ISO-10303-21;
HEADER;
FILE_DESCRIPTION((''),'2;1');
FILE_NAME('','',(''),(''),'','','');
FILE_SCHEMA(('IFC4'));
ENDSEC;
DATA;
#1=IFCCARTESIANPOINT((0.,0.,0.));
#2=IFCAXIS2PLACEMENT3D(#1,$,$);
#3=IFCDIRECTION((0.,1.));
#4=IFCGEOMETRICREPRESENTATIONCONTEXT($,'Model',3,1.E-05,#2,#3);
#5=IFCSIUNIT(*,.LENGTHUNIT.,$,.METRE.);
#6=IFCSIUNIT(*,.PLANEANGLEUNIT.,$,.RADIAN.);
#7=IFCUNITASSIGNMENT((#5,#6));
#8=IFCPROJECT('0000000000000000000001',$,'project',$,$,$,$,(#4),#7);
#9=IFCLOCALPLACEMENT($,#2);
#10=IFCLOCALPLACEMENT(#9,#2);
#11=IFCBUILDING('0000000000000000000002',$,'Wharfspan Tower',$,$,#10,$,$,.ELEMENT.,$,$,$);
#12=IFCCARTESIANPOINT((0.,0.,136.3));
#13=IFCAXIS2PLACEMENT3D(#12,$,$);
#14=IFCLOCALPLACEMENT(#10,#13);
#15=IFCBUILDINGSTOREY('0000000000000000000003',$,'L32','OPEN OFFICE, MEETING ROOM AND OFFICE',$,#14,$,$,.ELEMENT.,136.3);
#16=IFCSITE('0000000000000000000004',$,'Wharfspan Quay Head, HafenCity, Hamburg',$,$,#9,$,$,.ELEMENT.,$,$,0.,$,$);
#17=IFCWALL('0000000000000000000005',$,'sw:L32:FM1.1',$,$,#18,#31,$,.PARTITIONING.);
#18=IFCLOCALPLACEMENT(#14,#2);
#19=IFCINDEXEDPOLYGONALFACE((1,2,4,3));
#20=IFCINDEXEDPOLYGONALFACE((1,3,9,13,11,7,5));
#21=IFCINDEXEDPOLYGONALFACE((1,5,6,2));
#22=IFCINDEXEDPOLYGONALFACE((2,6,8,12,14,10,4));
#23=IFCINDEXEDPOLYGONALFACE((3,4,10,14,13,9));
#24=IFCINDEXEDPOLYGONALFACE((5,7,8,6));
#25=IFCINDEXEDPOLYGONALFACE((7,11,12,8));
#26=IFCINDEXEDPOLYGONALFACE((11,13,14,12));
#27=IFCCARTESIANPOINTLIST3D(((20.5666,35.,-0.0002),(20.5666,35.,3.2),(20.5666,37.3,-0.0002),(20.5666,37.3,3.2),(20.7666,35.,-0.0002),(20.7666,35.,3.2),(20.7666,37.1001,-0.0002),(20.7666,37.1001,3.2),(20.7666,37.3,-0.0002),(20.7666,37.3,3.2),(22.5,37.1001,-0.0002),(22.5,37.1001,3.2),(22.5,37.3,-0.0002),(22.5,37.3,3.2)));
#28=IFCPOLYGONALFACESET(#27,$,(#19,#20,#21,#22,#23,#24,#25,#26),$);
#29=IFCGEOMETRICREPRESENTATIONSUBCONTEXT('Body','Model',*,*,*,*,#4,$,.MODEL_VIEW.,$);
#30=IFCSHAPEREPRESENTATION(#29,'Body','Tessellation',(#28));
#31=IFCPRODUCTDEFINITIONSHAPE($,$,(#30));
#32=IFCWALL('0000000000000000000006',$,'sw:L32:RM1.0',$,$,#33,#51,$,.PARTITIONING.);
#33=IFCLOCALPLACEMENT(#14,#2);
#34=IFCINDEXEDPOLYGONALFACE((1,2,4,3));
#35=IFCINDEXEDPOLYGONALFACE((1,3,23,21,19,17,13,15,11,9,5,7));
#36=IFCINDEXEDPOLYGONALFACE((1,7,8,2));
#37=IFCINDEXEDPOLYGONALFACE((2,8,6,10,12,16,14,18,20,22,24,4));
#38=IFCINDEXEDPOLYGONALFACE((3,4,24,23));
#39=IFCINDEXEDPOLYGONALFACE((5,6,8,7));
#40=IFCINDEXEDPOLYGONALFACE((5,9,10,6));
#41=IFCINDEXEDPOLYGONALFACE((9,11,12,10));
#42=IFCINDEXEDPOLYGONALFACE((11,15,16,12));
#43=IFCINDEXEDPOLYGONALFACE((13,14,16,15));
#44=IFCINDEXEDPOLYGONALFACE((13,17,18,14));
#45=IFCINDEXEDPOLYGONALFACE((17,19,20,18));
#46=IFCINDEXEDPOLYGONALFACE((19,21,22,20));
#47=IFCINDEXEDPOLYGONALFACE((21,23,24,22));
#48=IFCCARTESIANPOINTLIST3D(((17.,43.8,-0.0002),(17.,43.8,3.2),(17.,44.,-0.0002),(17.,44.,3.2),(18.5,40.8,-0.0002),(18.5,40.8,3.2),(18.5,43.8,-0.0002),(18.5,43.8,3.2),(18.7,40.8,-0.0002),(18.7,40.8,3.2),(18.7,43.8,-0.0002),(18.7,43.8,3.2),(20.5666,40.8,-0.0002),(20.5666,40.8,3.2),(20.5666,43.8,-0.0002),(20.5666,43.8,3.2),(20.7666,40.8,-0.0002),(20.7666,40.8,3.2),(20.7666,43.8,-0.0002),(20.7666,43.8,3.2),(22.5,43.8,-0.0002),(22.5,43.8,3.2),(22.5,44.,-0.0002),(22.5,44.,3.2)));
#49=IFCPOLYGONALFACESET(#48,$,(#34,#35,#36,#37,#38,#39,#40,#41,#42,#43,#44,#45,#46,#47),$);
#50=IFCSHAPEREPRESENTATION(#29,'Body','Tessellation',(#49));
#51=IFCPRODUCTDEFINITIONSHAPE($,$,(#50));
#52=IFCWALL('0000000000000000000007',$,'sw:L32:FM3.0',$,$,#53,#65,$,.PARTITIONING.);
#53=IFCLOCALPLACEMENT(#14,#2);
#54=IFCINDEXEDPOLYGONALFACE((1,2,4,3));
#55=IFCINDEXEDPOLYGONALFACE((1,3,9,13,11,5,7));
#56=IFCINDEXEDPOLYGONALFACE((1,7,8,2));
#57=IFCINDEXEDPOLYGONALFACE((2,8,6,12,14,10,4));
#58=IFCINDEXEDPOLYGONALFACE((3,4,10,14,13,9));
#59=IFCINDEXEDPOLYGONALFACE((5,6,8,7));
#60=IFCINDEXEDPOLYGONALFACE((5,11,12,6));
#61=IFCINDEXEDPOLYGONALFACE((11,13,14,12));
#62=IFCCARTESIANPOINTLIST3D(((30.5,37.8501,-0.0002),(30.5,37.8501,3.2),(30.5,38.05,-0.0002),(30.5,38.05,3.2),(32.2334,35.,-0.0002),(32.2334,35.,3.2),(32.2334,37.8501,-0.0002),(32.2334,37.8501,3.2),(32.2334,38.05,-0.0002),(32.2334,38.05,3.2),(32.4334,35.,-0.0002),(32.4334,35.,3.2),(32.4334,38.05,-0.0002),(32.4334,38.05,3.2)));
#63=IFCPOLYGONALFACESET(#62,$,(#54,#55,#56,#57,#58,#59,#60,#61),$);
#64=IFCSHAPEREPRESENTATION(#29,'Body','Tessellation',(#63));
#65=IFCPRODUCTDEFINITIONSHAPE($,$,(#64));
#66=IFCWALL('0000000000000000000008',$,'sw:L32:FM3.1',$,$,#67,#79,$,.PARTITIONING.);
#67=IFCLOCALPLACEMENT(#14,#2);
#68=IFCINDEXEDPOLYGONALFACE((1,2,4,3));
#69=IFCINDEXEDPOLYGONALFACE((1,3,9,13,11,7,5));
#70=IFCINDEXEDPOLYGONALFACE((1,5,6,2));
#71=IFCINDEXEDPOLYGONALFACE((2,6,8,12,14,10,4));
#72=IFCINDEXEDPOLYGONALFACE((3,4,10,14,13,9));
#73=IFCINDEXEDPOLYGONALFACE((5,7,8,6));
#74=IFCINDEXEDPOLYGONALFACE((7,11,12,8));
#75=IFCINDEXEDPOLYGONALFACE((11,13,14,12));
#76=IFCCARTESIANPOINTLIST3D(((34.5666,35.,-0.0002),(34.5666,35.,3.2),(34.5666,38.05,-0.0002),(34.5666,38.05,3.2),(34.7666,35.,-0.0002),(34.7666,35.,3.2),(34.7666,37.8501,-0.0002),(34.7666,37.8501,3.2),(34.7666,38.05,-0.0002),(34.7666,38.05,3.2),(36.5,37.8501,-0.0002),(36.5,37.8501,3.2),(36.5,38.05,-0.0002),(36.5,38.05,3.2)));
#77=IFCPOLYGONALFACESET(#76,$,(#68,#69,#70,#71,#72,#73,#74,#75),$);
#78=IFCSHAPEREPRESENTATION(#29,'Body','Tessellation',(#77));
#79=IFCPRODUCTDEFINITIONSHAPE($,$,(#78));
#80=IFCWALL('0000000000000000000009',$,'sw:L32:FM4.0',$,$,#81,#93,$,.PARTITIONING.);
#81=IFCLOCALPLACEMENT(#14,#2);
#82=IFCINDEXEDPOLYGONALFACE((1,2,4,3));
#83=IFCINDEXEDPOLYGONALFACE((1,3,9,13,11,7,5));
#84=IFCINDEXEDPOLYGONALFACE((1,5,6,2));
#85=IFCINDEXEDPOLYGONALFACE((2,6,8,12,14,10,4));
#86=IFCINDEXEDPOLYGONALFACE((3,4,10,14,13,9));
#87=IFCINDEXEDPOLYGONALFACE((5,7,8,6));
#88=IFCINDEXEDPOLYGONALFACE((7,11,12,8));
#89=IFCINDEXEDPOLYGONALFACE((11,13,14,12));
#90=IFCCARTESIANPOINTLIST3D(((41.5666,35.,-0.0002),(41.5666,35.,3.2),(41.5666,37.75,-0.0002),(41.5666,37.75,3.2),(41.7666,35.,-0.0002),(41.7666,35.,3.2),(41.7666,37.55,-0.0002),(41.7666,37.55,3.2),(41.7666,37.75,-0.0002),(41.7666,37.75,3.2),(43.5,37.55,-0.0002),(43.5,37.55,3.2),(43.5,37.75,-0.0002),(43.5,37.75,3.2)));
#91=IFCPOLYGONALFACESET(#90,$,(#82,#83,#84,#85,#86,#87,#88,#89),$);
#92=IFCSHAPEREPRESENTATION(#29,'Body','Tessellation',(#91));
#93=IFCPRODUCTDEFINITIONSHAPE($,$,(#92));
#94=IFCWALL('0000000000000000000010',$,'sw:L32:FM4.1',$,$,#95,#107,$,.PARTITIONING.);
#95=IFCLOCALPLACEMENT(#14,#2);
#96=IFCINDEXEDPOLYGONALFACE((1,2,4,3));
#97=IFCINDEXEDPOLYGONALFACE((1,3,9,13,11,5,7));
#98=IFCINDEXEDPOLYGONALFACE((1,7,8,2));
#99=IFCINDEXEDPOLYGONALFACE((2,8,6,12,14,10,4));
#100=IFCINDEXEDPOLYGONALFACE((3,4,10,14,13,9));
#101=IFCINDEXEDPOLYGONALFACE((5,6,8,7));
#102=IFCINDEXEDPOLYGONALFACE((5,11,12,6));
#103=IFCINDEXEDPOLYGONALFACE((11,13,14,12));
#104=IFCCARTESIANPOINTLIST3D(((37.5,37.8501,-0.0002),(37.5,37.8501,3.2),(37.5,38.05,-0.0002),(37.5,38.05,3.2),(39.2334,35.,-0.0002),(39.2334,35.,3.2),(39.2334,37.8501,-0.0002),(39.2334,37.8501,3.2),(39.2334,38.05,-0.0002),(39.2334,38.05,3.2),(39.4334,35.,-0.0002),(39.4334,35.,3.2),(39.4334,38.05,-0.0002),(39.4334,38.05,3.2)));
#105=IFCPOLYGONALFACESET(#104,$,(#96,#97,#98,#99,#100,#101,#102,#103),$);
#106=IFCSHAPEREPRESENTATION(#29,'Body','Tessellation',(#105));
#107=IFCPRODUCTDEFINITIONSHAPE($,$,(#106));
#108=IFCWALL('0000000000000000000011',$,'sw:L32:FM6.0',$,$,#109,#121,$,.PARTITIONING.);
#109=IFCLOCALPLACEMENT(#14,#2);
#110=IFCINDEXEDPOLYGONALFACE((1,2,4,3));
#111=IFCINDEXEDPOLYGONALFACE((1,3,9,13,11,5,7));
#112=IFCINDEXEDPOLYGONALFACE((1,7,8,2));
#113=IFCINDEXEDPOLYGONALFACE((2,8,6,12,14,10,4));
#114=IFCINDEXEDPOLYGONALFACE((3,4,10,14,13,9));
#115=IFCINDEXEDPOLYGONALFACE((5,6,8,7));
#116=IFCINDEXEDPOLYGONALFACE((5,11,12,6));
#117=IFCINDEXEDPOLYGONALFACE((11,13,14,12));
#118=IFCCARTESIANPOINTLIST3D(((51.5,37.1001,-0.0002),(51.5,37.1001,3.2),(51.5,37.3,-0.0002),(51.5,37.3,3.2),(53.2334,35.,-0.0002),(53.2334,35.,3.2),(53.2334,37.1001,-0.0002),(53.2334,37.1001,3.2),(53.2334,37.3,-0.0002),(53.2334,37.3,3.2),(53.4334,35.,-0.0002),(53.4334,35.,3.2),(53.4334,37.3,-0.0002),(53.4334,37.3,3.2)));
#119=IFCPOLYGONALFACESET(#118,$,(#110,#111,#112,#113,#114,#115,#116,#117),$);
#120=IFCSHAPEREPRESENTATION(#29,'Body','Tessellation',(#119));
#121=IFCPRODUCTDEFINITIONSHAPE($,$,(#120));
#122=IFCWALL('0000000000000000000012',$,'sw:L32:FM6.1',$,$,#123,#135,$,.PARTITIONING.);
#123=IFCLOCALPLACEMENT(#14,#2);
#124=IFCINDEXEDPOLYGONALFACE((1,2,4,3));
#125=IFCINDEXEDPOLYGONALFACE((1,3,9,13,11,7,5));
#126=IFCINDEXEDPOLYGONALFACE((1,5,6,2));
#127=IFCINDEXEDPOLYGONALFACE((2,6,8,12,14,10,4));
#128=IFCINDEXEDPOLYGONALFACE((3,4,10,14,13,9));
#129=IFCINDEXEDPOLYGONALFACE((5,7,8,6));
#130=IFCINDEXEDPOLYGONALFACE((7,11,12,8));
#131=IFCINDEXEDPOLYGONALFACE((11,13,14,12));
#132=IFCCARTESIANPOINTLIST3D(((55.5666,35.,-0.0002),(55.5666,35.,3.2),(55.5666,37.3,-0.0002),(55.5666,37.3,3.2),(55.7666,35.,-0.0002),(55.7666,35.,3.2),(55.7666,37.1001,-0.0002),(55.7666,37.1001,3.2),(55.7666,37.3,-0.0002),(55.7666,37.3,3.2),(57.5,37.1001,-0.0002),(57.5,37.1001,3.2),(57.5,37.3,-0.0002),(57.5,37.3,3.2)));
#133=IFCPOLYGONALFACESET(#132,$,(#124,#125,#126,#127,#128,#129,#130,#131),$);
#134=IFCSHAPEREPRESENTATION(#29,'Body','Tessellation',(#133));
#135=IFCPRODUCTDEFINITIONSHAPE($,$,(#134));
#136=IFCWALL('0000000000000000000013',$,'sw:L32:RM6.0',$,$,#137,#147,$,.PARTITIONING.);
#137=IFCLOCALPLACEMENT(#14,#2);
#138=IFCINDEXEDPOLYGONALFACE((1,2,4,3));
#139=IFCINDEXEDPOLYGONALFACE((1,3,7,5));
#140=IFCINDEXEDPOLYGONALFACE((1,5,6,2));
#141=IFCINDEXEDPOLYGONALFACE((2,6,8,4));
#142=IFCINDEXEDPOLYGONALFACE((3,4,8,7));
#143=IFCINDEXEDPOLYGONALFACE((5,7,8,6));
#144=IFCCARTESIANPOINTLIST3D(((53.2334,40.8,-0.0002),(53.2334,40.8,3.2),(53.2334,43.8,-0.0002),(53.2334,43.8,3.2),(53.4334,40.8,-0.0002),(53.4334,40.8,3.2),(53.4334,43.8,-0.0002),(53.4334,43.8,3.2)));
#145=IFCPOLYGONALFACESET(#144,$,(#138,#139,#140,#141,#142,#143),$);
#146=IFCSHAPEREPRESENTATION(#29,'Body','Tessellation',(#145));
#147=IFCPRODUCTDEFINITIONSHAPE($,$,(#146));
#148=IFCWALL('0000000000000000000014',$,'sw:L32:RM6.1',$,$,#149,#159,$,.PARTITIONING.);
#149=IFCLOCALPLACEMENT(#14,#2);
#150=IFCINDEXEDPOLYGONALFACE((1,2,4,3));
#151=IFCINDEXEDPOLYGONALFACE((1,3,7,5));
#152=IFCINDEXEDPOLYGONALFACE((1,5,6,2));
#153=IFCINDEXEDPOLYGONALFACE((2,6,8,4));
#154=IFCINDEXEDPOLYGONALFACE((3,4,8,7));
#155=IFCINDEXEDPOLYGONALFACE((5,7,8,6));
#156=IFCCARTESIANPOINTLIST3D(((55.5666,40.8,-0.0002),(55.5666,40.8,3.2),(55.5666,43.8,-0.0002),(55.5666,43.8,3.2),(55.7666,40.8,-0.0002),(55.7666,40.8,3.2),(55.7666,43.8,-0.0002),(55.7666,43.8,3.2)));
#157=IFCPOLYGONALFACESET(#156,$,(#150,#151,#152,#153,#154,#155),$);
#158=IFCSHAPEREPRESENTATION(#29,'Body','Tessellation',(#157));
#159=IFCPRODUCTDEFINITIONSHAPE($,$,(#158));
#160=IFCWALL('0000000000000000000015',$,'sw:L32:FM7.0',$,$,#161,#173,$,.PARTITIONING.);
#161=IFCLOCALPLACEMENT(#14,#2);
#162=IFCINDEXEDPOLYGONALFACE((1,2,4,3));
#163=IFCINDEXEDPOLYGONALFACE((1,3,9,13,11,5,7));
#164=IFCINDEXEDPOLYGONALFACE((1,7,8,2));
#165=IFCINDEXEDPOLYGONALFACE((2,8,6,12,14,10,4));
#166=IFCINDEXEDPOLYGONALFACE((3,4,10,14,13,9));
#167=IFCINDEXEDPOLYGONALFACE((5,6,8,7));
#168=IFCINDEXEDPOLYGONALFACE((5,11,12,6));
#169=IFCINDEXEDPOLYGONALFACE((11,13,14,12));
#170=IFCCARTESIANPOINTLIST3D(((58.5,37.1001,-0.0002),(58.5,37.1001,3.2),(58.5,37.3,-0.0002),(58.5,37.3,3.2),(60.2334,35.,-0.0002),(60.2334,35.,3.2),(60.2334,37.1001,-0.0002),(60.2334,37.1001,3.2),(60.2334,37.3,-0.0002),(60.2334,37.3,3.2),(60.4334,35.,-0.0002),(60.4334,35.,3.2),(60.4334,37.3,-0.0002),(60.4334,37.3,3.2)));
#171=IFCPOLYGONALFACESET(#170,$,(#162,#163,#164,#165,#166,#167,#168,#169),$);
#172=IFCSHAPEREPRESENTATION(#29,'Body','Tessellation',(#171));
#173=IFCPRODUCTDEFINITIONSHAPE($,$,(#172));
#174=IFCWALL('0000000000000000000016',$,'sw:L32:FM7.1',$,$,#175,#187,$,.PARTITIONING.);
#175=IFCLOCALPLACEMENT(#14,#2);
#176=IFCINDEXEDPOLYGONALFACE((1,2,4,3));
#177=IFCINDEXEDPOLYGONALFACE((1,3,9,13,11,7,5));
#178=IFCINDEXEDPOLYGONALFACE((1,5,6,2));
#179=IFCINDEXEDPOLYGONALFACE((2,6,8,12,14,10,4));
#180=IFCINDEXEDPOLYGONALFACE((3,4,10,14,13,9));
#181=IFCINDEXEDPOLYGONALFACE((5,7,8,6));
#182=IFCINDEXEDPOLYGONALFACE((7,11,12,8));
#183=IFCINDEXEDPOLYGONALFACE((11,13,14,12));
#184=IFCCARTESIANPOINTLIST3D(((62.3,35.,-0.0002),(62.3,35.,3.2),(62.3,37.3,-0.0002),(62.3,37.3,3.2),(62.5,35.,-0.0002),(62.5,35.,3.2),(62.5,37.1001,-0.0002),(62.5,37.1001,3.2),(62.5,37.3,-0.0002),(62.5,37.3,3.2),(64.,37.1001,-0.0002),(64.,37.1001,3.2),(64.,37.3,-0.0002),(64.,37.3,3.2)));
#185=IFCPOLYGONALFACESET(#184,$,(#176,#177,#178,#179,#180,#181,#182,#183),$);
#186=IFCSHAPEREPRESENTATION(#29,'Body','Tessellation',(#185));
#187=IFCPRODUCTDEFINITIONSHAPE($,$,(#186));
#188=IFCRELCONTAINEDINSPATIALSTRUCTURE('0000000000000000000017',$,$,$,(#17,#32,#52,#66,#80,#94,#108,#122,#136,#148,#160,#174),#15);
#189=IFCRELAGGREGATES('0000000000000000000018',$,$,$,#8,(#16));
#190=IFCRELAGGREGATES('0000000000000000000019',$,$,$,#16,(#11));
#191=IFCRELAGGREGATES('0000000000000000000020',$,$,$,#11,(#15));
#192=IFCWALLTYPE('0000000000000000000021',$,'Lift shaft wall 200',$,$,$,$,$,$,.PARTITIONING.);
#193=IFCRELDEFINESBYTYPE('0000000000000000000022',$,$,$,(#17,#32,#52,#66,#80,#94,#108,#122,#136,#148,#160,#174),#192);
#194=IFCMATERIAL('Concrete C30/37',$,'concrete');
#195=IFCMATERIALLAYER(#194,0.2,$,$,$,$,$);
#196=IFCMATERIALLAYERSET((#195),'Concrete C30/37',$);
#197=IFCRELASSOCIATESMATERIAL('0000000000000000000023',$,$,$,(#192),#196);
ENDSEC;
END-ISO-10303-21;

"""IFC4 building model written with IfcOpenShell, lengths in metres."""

from ifc_helpers import new_model, si_unit, direction, frame, origin, place, context, subcontext, project, spatial, polyline, outline, extrude, material, layer, layer_set, type_object, element, save


model = new_model("IFC4")

# Units and contexts
model_context = context("Model", 3, precision=1e-05, world=origin(), true_north=direction((0.0, 1.0)))
body_context = subcontext(model_context, "Body", "Model", "MODEL_VIEW")
ifc_project = project(units=[si_unit("LENGTHUNIT", "METRE"), si_unit("PLANEANGLEUNIT", "RADIAN")], contexts=[model_context])

# Site, building, storey
site_placement = place(None, origin())
site = spatial("IfcSite", under=ifc_project, at=site_placement, Name="Wharfspan Quay Head, HafenCity, Hamburg", CompositionType="ELEMENT", RefElevation=0.0)
building_placement = place(site_placement, origin())
building = spatial("IfcBuilding", under=site, at=building_placement, Name="Wharfspan Tower", CompositionType="ELEMENT")
storey_placement = place(building_placement, frame((0.0, 0.0, 136.3)))
storey = spatial("IfcBuildingStorey", under=building, at=storey_placement, Name="L32", Description="OPEN OFFICE, MEETING ROOM AND OFFICE", CompositionType="ELEMENT", Elevation=136.3)

# Walls
ifc_material_1 = material(Name="Concrete C30/37", Category="concrete")
ifc_layer_1 = layer(ifc_material_1, 0.2)
ifc_layer_set_1 = layer_set([ifc_layer_1], Name="Concrete C30/37")
wall_type_1 = type_object("IfcWallType", Name="Lift shaft wall 200", PredefinedType="PARTITIONING", material=ifc_layer_set_1)
wall_1_placement = place(storey_placement, frame((0.0, 0.0, -0.0002)))
element("IfcWall", 1, at=wall_1_placement, inside=storey, type_object=wall_type_1, Name="sw:L32:FM1.1", PredefinedType="PARTITIONING", context=body_context, shape_type="SweptSolid", body=[
    extrude(outline(polyline([(20.5666, 37.3), (20.7666, 37.3), (22.5, 37.3), (22.5, 37.1001), (20.7666, 37.1001), (20.7666, 35.0), (20.5666, 35.0), (20.5666, 37.3)])), origin(), (0.0, 0.0, 1.0), 3.2002),
])
wall_2_placement = place(storey_placement, frame((0.0, 0.0, -0.0002)))
element("IfcWall", 2, at=wall_2_placement, inside=storey, type_object=wall_type_1, Name="sw:L32:RM1.0", PredefinedType="PARTITIONING", context=body_context, shape_type="SweptSolid", body=[
    extrude(outline(polyline([(18.7, 40.8), (18.5, 40.8), (18.5, 43.8), (17.0, 43.8), (17.0, 44.0), (22.5, 44.0), (22.5, 43.8), (20.7666, 43.8), (20.7666, 40.8), (20.5666, 40.8), (20.5666, 43.8), (18.7, 43.8), (18.7, 40.8)])), origin(), (0.0, 0.0, 1.0), 3.2002),
])
wall_3_placement = place(storey_placement, frame((0.0, 0.0, -0.0002)))
element("IfcWall", 3, at=wall_3_placement, inside=storey, type_object=wall_type_1, Name="sw:L32:FM3.0", PredefinedType="PARTITIONING", context=body_context, shape_type="SweptSolid", body=[
    extrude(outline(polyline([(32.2334, 37.8501), (30.5, 37.8501), (30.5, 38.05), (32.2334, 38.05), (32.4333, 38.05), (32.4333, 35.0), (32.2334, 35.0), (32.2334, 37.8501)])), origin(), (0.0, 0.0, 1.0), 3.2002),
])
wall_4_placement = place(storey_placement, frame((0.0, 0.0, -0.0002)))
element("IfcWall", 4, at=wall_4_placement, inside=storey, type_object=wall_type_1, Name="sw:L32:FM3.1", PredefinedType="PARTITIONING", context=body_context, shape_type="SweptSolid", body=[
    extrude(outline(polyline([(34.5667, 38.05), (34.7666, 38.05), (36.5, 38.05), (36.5, 37.8501), (34.7666, 37.8501), (34.7666, 35.0), (34.5667, 35.0), (34.5667, 38.05)])), origin(), (0.0, 0.0, 1.0), 3.2002),
])
wall_5_placement = place(storey_placement, frame((0.0, 0.0, -0.0002)))
element("IfcWall", 5, at=wall_5_placement, inside=storey, type_object=wall_type_1, Name="sw:L32:FM4.0", PredefinedType="PARTITIONING", context=body_context, shape_type="SweptSolid", body=[
    extrude(outline(polyline([(41.5667, 37.75), (41.7666, 37.75), (43.5, 37.75), (43.5, 37.55), (41.7666, 37.55), (41.7666, 35.0), (41.5667, 35.0), (41.5667, 37.75)])), origin(), (0.0, 0.0, 1.0), 3.2002),
])
wall_6_placement = place(storey_placement, frame((0.0, 0.0, -0.0002)))
element("IfcWall", 6, at=wall_6_placement, inside=storey, type_object=wall_type_1, Name="sw:L32:FM4.1", PredefinedType="PARTITIONING", context=body_context, shape_type="SweptSolid", body=[
    extrude(outline(polyline([(39.2334, 37.8501), (37.5, 37.8501), (37.5, 38.05), (39.2334, 38.05), (39.4333, 38.05), (39.4333, 35.0), (39.2334, 35.0), (39.2334, 37.8501)])), origin(), (0.0, 0.0, 1.0), 3.2002),
])
wall_7_placement = place(storey_placement, frame((0.0, 0.0, -0.0002)))
element("IfcWall", 7, at=wall_7_placement, inside=storey, type_object=wall_type_1, Name="sw:L32:FM6.0", PredefinedType="PARTITIONING", context=body_context, shape_type="SweptSolid", body=[
    extrude(outline(polyline([(53.2334, 37.1001), (51.5, 37.1001), (51.5, 37.3), (53.2334, 37.3), (53.4333, 37.3), (53.4333, 35.0), (53.2334, 35.0), (53.2334, 37.1001)])), origin(), (0.0, 0.0, 1.0), 3.2002),
])
wall_8_placement = place(storey_placement, frame((0.0, 0.0, -0.0002)))
element("IfcWall", 8, at=wall_8_placement, inside=storey, type_object=wall_type_1, Name="sw:L32:FM6.1", PredefinedType="PARTITIONING", context=body_context, shape_type="SweptSolid", body=[
    extrude(outline(polyline([(55.5667, 37.3), (55.7666, 37.3), (57.5, 37.3), (57.5, 37.1001), (55.7666, 37.1001), (55.7666, 35.0), (55.5667, 35.0), (55.5667, 37.3)])), origin(), (0.0, 0.0, 1.0), 3.2002),
])
wall_9_placement = place(storey_placement, frame((0.0, 0.0, -0.0002)))
element("IfcWall", 9, at=wall_9_placement, inside=storey, type_object=wall_type_1, Name="sw:L32:RM6.0", PredefinedType="PARTITIONING", context=body_context, shape_type="SweptSolid", body=[
    extrude(outline(polyline([(53.2334, 40.8), (53.2334, 43.8), (53.4333, 43.8), (53.4333, 40.8), (53.2334, 40.8)])), origin(), (0.0, 0.0, 1.0), 3.2002),
])
wall_10_placement = place(storey_placement, frame((0.0, 0.0, -0.0002)))
element("IfcWall", 10, at=wall_10_placement, inside=storey, type_object=wall_type_1, Name="sw:L32:RM6.1", PredefinedType="PARTITIONING", context=body_context, shape_type="SweptSolid", body=[
    extrude(outline(polyline([(55.5667, 40.8), (55.5667, 43.8), (55.7666, 43.8), (55.7666, 40.8), (55.5667, 40.8)])), origin(), (0.0, 0.0, 1.0), 3.2002),
])
wall_11_placement = place(storey_placement, frame((0.0, 0.0, -0.0002)))
element("IfcWall", 11, at=wall_11_placement, inside=storey, type_object=wall_type_1, Name="sw:L32:FM7.0", PredefinedType="PARTITIONING", context=body_context, shape_type="SweptSolid", body=[
    extrude(outline(polyline([(60.2334, 37.1001), (58.5, 37.1001), (58.5, 37.3), (60.2334, 37.3), (60.4333, 37.3), (60.4333, 35.0), (60.2334, 35.0), (60.2334, 37.1001)])), origin(), (0.0, 0.0, 1.0), 3.2002),
])
wall_12_placement = place(storey_placement, frame((0.0, 0.0, -0.0002)))
element("IfcWall", 12, at=wall_12_placement, inside=storey, type_object=wall_type_1, Name="sw:L32:FM7.1", PredefinedType="PARTITIONING", context=body_context, shape_type="SweptSolid", body=[
    extrude(outline(polyline([(62.3, 37.3), (62.5, 37.3), (64.0, 37.3), (64.0, 37.1001), (62.5, 37.1001), (62.5, 35.0), (62.3, 35.0), (62.3, 37.3)])), origin(), (0.0, 0.0, 1.0), 3.2002),
])

save(model, "model.ifc")
